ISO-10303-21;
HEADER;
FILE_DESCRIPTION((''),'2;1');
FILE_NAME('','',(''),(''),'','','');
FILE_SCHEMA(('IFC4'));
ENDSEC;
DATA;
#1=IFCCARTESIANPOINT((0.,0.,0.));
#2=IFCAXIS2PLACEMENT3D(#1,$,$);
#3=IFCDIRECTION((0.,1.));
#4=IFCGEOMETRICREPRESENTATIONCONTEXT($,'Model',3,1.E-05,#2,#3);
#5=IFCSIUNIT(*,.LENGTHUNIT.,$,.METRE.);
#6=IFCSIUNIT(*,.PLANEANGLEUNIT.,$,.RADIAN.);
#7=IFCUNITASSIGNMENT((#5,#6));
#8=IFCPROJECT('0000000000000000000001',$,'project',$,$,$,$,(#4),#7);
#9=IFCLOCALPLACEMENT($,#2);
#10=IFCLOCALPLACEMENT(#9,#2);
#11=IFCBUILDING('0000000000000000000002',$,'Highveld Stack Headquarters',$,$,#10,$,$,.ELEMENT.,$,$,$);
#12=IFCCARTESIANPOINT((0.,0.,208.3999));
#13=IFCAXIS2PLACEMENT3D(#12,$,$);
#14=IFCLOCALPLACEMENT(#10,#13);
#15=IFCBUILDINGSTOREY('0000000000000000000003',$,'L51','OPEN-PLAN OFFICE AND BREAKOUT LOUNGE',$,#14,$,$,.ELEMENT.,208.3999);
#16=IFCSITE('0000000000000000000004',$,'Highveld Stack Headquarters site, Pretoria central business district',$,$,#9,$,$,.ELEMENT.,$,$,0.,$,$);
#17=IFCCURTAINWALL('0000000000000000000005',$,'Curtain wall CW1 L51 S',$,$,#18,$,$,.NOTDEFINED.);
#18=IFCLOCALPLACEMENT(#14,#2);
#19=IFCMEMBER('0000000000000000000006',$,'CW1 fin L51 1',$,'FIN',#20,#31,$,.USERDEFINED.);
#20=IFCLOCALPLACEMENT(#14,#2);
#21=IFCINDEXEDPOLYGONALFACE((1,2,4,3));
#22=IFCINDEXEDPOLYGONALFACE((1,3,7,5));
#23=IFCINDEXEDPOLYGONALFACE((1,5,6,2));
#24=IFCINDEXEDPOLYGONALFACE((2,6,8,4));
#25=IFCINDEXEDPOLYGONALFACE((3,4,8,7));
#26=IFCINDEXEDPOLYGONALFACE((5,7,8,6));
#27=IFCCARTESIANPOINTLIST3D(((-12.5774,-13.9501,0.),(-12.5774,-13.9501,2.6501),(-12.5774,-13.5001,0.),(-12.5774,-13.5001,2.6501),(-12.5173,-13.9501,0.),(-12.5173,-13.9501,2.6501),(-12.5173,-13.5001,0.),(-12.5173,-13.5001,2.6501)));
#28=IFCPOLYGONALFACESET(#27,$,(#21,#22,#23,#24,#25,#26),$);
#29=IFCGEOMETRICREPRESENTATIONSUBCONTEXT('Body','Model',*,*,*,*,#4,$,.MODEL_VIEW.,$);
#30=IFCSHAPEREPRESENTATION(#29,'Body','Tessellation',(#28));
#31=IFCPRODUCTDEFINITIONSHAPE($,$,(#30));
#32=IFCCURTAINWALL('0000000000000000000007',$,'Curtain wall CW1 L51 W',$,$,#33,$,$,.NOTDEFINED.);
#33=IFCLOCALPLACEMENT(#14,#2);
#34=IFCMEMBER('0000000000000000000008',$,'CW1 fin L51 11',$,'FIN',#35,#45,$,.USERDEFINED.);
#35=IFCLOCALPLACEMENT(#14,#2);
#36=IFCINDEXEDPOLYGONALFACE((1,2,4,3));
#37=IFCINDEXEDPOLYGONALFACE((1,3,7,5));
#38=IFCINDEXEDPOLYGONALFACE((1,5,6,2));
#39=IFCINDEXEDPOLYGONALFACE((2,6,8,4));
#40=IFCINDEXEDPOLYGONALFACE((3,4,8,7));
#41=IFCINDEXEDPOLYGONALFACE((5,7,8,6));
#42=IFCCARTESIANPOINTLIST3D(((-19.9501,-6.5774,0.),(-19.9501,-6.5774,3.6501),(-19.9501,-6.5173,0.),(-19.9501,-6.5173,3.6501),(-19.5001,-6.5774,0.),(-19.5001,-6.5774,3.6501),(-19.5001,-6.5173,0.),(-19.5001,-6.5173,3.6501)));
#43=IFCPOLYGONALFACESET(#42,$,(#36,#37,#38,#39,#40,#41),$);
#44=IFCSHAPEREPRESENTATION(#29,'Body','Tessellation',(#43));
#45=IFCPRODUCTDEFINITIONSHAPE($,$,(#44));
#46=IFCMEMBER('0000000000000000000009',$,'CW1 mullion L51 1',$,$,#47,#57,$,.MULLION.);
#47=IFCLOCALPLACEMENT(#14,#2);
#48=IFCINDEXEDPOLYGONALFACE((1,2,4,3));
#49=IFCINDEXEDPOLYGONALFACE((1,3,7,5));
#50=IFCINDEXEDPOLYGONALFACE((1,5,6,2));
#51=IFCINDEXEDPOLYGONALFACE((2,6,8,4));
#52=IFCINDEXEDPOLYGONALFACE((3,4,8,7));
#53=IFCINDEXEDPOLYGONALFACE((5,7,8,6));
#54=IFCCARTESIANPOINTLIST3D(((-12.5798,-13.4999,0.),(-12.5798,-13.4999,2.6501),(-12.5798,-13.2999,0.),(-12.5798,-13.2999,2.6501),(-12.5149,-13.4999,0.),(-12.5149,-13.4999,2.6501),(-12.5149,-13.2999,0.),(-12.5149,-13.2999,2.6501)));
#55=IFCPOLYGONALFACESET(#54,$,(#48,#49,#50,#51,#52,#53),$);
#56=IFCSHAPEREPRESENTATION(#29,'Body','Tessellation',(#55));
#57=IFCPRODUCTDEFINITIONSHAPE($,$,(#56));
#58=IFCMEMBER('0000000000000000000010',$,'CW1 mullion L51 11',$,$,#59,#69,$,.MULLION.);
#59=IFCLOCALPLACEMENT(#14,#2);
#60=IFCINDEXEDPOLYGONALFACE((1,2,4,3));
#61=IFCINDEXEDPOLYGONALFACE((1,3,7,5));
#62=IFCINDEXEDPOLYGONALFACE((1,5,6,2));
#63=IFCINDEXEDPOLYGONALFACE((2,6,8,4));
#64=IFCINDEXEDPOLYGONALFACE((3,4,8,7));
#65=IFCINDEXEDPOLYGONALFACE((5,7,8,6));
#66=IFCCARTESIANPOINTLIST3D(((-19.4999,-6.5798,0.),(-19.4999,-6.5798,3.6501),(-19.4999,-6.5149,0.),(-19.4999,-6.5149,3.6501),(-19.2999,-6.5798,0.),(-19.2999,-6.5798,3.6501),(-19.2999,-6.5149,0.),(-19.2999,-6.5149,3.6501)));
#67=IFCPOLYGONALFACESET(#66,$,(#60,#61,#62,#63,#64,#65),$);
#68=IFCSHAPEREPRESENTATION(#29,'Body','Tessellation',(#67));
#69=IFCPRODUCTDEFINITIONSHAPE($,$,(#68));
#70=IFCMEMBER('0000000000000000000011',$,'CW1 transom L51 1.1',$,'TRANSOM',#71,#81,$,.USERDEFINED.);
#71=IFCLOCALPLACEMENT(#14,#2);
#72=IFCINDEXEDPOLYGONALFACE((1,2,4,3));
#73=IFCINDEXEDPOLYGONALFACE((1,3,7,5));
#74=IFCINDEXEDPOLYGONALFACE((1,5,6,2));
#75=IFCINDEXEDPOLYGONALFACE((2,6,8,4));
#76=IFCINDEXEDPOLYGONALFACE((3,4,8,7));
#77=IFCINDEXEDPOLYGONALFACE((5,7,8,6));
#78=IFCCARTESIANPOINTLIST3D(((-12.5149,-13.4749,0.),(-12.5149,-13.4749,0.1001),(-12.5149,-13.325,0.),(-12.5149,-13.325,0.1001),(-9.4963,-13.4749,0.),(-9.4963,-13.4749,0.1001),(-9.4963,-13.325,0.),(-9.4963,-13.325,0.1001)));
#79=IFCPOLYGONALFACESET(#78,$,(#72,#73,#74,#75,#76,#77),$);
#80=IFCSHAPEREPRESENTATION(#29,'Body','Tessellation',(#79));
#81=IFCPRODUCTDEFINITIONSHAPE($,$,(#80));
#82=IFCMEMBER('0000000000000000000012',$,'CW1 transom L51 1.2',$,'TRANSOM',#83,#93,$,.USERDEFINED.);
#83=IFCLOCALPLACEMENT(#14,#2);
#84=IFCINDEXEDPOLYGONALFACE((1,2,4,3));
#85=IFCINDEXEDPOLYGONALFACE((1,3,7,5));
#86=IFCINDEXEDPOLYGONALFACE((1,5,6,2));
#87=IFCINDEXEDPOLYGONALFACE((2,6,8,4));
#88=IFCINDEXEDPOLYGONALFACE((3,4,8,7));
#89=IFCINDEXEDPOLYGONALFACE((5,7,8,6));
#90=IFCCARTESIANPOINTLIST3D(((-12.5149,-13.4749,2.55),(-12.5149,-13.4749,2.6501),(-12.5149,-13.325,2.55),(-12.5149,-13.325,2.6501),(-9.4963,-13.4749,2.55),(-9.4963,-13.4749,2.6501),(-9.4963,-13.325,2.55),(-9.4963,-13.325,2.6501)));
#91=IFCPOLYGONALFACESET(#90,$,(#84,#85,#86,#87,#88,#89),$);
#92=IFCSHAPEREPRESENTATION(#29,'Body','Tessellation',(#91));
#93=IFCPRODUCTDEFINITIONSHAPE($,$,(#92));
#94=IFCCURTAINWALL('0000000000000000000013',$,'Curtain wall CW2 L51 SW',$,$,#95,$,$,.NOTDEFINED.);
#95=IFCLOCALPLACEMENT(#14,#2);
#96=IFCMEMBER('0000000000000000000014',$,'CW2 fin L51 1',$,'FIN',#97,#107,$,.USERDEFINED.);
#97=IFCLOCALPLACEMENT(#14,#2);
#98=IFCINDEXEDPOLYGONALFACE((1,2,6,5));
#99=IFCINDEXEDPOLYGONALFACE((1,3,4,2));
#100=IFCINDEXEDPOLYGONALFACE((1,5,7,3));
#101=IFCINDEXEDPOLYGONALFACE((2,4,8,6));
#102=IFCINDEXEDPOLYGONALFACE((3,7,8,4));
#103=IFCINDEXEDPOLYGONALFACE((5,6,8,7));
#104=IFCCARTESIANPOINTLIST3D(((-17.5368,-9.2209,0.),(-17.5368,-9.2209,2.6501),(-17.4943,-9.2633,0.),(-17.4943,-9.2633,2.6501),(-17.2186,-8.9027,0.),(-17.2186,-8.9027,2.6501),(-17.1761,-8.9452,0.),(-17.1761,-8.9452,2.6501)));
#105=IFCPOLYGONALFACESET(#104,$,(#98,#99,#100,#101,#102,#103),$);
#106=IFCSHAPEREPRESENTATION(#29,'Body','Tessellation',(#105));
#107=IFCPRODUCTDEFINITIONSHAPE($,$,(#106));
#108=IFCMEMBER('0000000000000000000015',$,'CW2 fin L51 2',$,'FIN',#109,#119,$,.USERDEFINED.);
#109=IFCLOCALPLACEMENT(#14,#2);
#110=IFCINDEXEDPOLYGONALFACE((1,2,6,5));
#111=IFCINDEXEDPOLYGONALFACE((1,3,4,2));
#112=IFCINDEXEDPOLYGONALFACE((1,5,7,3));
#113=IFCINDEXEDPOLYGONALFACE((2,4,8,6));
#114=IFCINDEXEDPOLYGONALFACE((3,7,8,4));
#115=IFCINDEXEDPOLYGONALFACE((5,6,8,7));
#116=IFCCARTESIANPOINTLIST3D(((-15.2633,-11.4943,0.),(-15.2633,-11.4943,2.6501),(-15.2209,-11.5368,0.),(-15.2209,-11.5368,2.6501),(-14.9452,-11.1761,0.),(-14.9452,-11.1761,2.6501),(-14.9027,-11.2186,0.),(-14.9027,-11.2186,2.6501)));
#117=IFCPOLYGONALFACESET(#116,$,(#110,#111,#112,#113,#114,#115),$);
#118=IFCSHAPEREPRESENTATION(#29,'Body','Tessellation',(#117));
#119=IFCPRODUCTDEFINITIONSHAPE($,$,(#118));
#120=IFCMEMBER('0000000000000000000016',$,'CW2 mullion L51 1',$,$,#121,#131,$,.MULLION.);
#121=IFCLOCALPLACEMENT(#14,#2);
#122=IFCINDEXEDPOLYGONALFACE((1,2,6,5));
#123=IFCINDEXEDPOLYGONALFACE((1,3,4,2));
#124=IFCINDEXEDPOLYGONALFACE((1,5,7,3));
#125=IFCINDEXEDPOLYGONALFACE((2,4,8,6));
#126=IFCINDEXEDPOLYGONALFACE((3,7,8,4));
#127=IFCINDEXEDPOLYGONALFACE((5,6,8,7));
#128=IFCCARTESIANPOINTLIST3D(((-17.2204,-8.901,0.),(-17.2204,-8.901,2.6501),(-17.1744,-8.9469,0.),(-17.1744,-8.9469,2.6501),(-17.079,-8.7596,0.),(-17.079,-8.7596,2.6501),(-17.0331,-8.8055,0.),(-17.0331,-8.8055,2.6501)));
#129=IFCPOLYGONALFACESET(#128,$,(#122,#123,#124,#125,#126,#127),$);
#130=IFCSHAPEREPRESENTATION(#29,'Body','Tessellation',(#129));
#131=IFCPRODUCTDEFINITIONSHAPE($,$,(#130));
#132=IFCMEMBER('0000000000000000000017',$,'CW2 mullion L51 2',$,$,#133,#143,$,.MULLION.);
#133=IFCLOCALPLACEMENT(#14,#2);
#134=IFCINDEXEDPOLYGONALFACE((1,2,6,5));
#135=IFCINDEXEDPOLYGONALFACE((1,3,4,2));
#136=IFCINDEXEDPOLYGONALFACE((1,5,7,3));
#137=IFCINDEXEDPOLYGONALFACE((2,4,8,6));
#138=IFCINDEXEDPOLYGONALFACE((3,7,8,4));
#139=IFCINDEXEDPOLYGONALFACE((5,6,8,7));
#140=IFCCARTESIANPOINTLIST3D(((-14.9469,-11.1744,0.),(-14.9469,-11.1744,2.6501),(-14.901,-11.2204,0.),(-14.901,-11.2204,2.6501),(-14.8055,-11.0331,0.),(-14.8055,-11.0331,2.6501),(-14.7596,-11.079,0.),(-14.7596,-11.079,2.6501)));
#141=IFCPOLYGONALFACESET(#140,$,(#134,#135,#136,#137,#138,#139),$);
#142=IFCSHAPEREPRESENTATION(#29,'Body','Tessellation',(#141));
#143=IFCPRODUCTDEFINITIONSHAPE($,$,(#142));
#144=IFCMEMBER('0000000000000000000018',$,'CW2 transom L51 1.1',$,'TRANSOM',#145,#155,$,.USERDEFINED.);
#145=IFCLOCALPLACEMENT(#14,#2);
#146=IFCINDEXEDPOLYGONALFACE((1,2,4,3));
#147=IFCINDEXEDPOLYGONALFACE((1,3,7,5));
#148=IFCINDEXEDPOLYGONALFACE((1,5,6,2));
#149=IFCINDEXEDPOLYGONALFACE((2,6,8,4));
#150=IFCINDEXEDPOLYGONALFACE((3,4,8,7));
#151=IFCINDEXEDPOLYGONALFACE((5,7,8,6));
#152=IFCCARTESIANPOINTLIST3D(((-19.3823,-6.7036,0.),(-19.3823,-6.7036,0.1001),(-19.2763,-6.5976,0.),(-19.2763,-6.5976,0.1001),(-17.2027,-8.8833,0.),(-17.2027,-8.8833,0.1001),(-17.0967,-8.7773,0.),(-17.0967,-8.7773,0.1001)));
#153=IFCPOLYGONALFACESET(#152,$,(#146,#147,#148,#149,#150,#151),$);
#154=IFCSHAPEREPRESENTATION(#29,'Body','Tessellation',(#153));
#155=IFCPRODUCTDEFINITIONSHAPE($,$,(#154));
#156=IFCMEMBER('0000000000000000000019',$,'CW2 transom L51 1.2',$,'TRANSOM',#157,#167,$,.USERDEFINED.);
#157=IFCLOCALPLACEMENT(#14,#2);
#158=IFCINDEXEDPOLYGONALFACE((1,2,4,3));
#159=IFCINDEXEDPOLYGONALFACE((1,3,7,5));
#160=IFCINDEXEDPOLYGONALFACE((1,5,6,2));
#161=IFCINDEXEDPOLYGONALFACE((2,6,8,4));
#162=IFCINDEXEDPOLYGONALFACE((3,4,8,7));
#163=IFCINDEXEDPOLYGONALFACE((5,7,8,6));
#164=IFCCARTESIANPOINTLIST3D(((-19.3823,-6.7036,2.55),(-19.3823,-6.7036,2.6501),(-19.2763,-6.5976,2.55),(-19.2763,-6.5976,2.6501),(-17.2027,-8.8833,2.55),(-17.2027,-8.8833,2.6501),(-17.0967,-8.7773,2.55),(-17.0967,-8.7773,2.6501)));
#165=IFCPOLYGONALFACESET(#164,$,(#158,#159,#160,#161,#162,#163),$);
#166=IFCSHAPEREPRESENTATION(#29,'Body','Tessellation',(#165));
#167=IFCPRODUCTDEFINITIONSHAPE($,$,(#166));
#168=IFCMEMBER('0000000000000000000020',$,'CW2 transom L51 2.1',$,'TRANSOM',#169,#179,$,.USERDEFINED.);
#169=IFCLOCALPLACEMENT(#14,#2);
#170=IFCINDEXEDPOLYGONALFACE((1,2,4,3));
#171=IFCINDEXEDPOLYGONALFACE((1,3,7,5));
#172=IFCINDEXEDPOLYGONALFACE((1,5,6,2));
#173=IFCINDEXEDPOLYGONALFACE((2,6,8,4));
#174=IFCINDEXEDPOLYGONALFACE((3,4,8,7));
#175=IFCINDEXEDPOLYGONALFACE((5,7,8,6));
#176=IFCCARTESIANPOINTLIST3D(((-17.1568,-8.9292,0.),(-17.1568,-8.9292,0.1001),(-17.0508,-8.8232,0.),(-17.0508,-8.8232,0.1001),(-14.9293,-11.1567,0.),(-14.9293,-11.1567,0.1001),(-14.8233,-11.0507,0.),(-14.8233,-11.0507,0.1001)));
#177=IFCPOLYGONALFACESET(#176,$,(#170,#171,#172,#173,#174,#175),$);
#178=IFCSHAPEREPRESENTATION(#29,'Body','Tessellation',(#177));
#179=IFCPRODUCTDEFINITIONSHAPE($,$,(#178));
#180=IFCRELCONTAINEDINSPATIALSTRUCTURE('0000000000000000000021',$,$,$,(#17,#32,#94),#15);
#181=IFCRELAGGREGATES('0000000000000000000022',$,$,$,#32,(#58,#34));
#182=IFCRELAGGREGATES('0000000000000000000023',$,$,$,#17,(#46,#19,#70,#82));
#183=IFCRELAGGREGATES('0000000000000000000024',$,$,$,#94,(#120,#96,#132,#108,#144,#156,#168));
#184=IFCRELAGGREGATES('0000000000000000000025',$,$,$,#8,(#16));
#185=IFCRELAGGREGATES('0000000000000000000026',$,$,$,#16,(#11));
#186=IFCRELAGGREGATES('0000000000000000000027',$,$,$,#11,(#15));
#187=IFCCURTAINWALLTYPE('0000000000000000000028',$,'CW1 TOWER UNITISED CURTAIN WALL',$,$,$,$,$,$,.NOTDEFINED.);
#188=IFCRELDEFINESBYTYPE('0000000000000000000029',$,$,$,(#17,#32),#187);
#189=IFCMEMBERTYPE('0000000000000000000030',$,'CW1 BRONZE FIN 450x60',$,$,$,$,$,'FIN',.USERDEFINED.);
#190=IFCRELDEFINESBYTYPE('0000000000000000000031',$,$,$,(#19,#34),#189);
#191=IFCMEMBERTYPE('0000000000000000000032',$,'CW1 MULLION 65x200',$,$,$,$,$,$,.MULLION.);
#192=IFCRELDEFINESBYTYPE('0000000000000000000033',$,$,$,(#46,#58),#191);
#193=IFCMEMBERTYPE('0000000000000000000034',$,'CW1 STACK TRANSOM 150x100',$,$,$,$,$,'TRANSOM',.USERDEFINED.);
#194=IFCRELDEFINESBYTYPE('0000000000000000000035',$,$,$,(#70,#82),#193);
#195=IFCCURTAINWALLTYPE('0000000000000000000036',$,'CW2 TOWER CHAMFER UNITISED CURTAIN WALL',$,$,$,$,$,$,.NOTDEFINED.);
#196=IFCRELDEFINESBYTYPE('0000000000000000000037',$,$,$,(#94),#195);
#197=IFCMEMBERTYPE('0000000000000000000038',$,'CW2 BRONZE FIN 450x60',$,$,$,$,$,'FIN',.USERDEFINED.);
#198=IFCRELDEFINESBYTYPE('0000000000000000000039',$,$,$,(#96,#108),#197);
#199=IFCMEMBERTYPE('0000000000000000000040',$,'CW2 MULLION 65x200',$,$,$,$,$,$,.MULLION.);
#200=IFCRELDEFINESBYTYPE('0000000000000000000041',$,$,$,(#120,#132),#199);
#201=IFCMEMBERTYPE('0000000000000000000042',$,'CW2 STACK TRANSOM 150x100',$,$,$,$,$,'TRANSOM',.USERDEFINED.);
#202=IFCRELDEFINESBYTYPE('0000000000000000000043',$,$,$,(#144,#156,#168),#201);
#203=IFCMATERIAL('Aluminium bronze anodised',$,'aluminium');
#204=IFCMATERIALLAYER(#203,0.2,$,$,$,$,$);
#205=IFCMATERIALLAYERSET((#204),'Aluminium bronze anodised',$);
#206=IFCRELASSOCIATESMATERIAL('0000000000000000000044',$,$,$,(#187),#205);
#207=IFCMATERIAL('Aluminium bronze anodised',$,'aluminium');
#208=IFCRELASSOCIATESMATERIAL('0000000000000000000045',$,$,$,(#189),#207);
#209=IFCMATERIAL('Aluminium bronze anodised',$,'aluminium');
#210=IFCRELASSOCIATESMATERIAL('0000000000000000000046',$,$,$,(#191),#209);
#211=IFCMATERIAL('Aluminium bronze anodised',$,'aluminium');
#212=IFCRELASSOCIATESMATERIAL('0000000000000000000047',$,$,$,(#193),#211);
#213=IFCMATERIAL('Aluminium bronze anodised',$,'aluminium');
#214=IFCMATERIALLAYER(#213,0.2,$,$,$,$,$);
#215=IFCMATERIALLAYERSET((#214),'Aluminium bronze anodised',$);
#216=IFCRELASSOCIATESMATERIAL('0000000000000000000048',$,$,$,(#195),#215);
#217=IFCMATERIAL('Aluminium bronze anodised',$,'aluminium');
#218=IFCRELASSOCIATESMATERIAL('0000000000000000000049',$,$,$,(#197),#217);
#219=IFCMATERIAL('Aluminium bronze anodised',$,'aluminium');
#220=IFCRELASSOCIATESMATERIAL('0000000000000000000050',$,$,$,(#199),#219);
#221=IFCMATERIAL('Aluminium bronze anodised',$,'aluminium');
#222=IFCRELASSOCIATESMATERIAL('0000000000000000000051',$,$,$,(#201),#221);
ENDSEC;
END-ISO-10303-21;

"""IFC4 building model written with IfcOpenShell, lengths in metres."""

from ifc_helpers import new_model, si_unit, direction, frame, origin, origin_2d, place, context, subcontext, project, spatial, rectangle, extrude, material, layer, layer_set, material_profile, profile_set, type_object, element, aggregate, save


model = new_model("IFC4")

# Units and contexts
model_context = context("Model", 3, precision=1e-05, world=origin(), true_north=direction((0.0, 1.0)))
body_context = subcontext(model_context, "Body", "Model", "MODEL_VIEW")
ifc_project = project(units=[si_unit("LENGTHUNIT", "METRE"), si_unit("PLANEANGLEUNIT", "RADIAN")], contexts=[model_context])

# Site, building, storey
site_placement = place(None, origin())
site = spatial("IfcSite", under=ifc_project, at=site_placement, Name="Highveld Stack Headquarters site, Pretoria central business district", CompositionType="ELEMENT", RefElevation=0.0)
building_placement = place(site_placement, origin())
building = spatial("IfcBuilding", under=site, at=building_placement, Name="Highveld Stack Headquarters", CompositionType="ELEMENT")
storey_placement = place(building_placement, frame((0.0, 0.0, 208.3999)))
storey = spatial("IfcBuildingStorey", under=building, at=storey_placement, Name="L51", Description="OPEN-PLAN OFFICE AND BREAKOUT LOUNGE", CompositionType="ELEMENT", Elevation=208.3999)

# Curtain walls, members
ifc_material_1 = material(Name="Aluminium bronze anodised", Category="aluminium")
ifc_layer_1 = layer(ifc_material_1, 0.2)
ifc_layer_set_1 = layer_set([ifc_layer_1], Name="Aluminium bronze anodised")
curtain_wall_type_1 = type_object("IfcCurtainWallType", Name="CW1 TOWER UNITISED CURTAIN WALL", PredefinedType="NOTDEFINED", material=ifc_layer_set_1)
curtain_wall_1_placement = place(storey_placement, origin())
curtain_wall_1 = element("IfcCurtainWall", 1, at=curtain_wall_1_placement, inside=storey, type_object=curtain_wall_type_1, Name="Curtain wall CW1 L51 S", PredefinedType="NOTDEFINED")
ifc_material_2 = material(Name="Aluminium bronze anodised", Category="aluminium")
ifc_material_profile_1 = material_profile(ifc_material_2, rectangle(XDim=0.45, YDim=0.0601, at=origin_2d()), Name="FIN 450x60")
ifc_profile_set_1 = profile_set([ifc_material_profile_1], Name="Aluminium bronze anodised")
member_type_1 = type_object("IfcMemberType", Name="CW1 BRONZE FIN 450x60", ElementType="FIN", PredefinedType="USERDEFINED", material=ifc_profile_set_1)
member_1_placement = place(storey_placement, frame((-12.5474, -13.7251, 0.0), z_axis=(0.0, 0.0, 1.0), x_axis=(0.0, 1.0, 0.0)))
member_1 = element("IfcMember", 2, at=member_1_placement, type_object=member_type_1, Name="CW1 fin L51 1", ObjectType="FIN", PredefinedType="USERDEFINED", context=body_context, shape_type="SweptSolid", body=[
    extrude(rectangle(XDim=0.45, YDim=0.0601, at=origin_2d()), origin(), (0.0, 0.0, 1.0), 2.6501),
])
curtain_wall_2_placement = place(storey_placement, origin())
curtain_wall_2 = element("IfcCurtainWall", 3, at=curtain_wall_2_placement, inside=storey, type_object=curtain_wall_type_1, Name="Curtain wall CW1 L51 W", PredefinedType="NOTDEFINED")
member_2_placement = place(storey_placement, frame((-19.7251, -6.5474, 0.0), z_axis=(0.0, 0.0, 1.0), x_axis=(1.0, 0.0, 0.0)))
member_2 = element("IfcMember", 4, at=member_2_placement, type_object=member_type_1, Name="CW1 fin L51 11", ObjectType="FIN", PredefinedType="USERDEFINED", context=body_context, shape_type="SweptSolid", body=[
    extrude(rectangle(XDim=0.45, YDim=0.0601, at=origin_2d()), origin(), (0.0, 0.0, 1.0), 3.6501),
])

# Members
ifc_material_3 = material(Name="Aluminium bronze anodised", Category="aluminium")
ifc_material_profile_2 = material_profile(ifc_material_3, rectangle(XDim=0.2, YDim=0.0649, at=origin_2d()), Name="CW1 MULLION 65x200")
ifc_profile_set_2 = profile_set([ifc_material_profile_2], Name="Aluminium bronze anodised")
member_type_2 = type_object("IfcMemberType", Name="CW1 MULLION 65x200", PredefinedType="MULLION", material=ifc_profile_set_2)
member_3_placement = place(storey_placement, frame((-12.5474, -13.3999, 0.0), z_axis=(0.0, 0.0, 1.0), x_axis=(0.0, 1.0, 0.0)))
member_3 = element("IfcMember", 5, at=member_3_placement, type_object=member_type_2, Name="CW1 mullion L51 1", PredefinedType="MULLION", context=body_context, shape_type="SweptSolid", body=[
    extrude(rectangle(XDim=0.2, YDim=0.0649, at=origin_2d()), origin(), (0.0, 0.0, 1.0), 2.6501),
])
member_4_placement = place(storey_placement, frame((-19.3999, -6.5474, 0.0), z_axis=(0.0, 0.0, 1.0), x_axis=(1.0, 0.0, 0.0)))
member_4 = element("IfcMember", 6, at=member_4_placement, type_object=member_type_2, Name="CW1 mullion L51 11", PredefinedType="MULLION", context=body_context, shape_type="SweptSolid", body=[
    extrude(rectangle(XDim=0.2, YDim=0.0649, at=origin_2d()), origin(), (0.0, 0.0, 1.0), 3.6501),
])
aggregate(curtain_wall_2, [member_4, member_2])
ifc_material_4 = material(Name="Aluminium bronze anodised", Category="aluminium")
ifc_material_profile_3 = material_profile(ifc_material_4, rectangle(XDim=0.1499, YDim=0.1001, at=origin_2d()), Name="CW1 TRANSOM 150x100")
ifc_profile_set_3 = profile_set([ifc_material_profile_3], Name="Aluminium bronze anodised")
member_type_3 = type_object("IfcMemberType", Name="CW1 STACK TRANSOM 150x100", ElementType="TRANSOM", PredefinedType="USERDEFINED", material=ifc_profile_set_3)
member_5_placement = place(storey_placement, frame((-12.5149, -13.3999, 0.05), z_axis=(1.0, 0.0, 0.0), x_axis=(0.0, 1.0, 0.0)))
member_5 = element("IfcMember", 7, at=member_5_placement, type_object=member_type_3, Name="CW1 transom L51 1.1", ObjectType="TRANSOM", PredefinedType="USERDEFINED", context=body_context, shape_type="SweptSolid", body=[
    extrude(rectangle(XDim=0.1499, YDim=0.1001, at=origin_2d()), origin(), (0.0, 0.0, 1.0), 3.0186),
])
member_6_placement = place(storey_placement, frame((-12.5149, -13.3999, 2.6001), z_axis=(1.0, 0.0, 0.0), x_axis=(0.0, 1.0, 0.0)))
member_6 = element("IfcMember", 8, at=member_6_placement, type_object=member_type_3, Name="CW1 transom L51 1.2", ObjectType="TRANSOM", PredefinedType="USERDEFINED", context=body_context, shape_type="SweptSolid", body=[
    extrude(rectangle(XDim=0.1499, YDim=0.1001, at=origin_2d()), origin(), (0.0, 0.0, 1.0), 3.0186),
])
aggregate(curtain_wall_1, [member_3, member_1, member_5, member_6])

# Curtain wall, members
ifc_material_5 = material(Name="Aluminium bronze anodised", Category="aluminium")
ifc_layer_2 = layer(ifc_material_5, 0.2)
ifc_layer_set_2 = layer_set([ifc_layer_2], Name="Aluminium bronze anodised")
curtain_wall_type_2 = type_object("IfcCurtainWallType", Name="CW2 TOWER CHAMFER UNITISED CURTAIN WALL", PredefinedType="NOTDEFINED", material=ifc_layer_set_2)
curtain_wall_3_placement = place(storey_placement, origin())
curtain_wall_3 = element("IfcCurtainWall", 9, at=curtain_wall_3_placement, inside=storey, type_object=curtain_wall_type_2, Name="Curtain wall CW2 L51 SW", PredefinedType="NOTDEFINED")
ifc_material_6 = material(Name="Aluminium bronze anodised", Category="aluminium")
ifc_material_profile_4 = material_profile(ifc_material_6, rectangle(XDim=0.45, YDim=0.0601, at=origin_2d()), Name="FIN 450x60")
ifc_profile_set_4 = profile_set([ifc_material_profile_4], Name="Aluminium bronze anodised")
member_type_4 = type_object("IfcMemberType", Name="CW2 BRONZE FIN 450x60", ElementType="FIN", PredefinedType="USERDEFINED", material=ifc_profile_set_4)
member_7_placement = place(storey_placement, frame((-17.3564, -9.083, 0.0), z_axis=(0.0, 0.0, 1.0), x_axis=(0.707107, 0.707107, 0.0)))
member_7 = element("IfcMember", 10, at=member_7_placement, type_object=member_type_4, Name="CW2 fin L51 1", ObjectType="FIN", PredefinedType="USERDEFINED", context=body_context, shape_type="SweptSolid", body=[
    extrude(rectangle(XDim=0.45, YDim=0.0601, at=origin_2d()), origin(), (0.0, 0.0, 1.0), 2.6501),
])
member_8_placement = place(storey_placement, frame((-15.083, -11.3564, 0.0), z_axis=(0.0, 0.0, 1.0), x_axis=(0.707107, 0.707107, 0.0)))
member_8 = element("IfcMember", 11, at=member_8_placement, type_object=member_type_4, Name="CW2 fin L51 2", ObjectType="FIN", PredefinedType="USERDEFINED", context=body_context, shape_type="SweptSolid", body=[
    extrude(rectangle(XDim=0.45, YDim=0.0601, at=origin_2d()), origin(), (0.0, 0.0, 1.0), 2.6501),
])
ifc_material_7 = material(Name="Aluminium bronze anodised", Category="aluminium")
ifc_material_profile_5 = material_profile(ifc_material_7, rectangle(XDim=0.2, YDim=0.0649, at=origin_2d()), Name="CW2 MULLION 65x200")
ifc_profile_set_5 = profile_set([ifc_material_profile_5], Name="Aluminium bronze anodised")
member_type_5 = type_object("IfcMemberType", Name="CW2 MULLION 65x200", PredefinedType="MULLION", material=ifc_profile_set_5)
member_9_placement = place(storey_placement, frame((-17.1267, -8.8533, 0.0), z_axis=(0.0, 0.0, 1.0), x_axis=(0.707107, 0.707107, 0.0)))
member_9 = element("IfcMember", 12, at=member_9_placement, type_object=member_type_5, Name="CW2 mullion L51 1", PredefinedType="MULLION", context=body_context, shape_type="SweptSolid", body=[
    extrude(rectangle(XDim=0.2, YDim=0.0649, at=origin_2d()), origin(), (0.0, 0.0, 1.0), 2.6501),
])
member_10_placement = place(storey_placement, frame((-14.8533, -11.1267, 0.0), z_axis=(0.0, 0.0, 1.0), x_axis=(0.707107, 0.707107, 0.0)))
member_10 = element("IfcMember", 13, at=member_10_placement, type_object=member_type_5, Name="CW2 mullion L51 2", PredefinedType="MULLION", context=body_context, shape_type="SweptSolid", body=[
    extrude(rectangle(XDim=0.2, YDim=0.0649, at=origin_2d()), origin(), (0.0, 0.0, 1.0), 2.6501),
])
ifc_material_8 = material(Name="Aluminium bronze anodised", Category="aluminium")
ifc_material_profile_6 = material_profile(ifc_material_8, rectangle(XDim=0.1499, YDim=0.1001, at=origin_2d()), Name="CW2 TRANSOM 150x100")
ifc_profile_set_6 = profile_set([ifc_material_profile_6], Name="Aluminium bronze anodised")
member_type_6 = type_object("IfcMemberType", Name="CW2 STACK TRANSOM 150x100", ElementType="TRANSOM", PredefinedType="USERDEFINED", material=ifc_profile_set_6)
member_11_placement = place(storey_placement, frame((-19.3293, -6.6506, 0.05), z_axis=(0.707107, -0.707107, 0.0), x_axis=(0.707107, 0.707107, 0.0)))
member_11 = element("IfcMember", 14, at=member_11_placement, type_object=member_type_6, Name="CW2 transom L51 1.1", ObjectType="TRANSOM", PredefinedType="USERDEFINED", context=body_context, shape_type="SweptSolid", body=[
    extrude(rectangle(XDim=0.1499, YDim=0.1001, at=origin_2d()), origin(), (0.0, 0.0, 1.0), 3.0825),
])
member_12_placement = place(storey_placement, frame((-19.3293, -6.6506, 2.6001), z_axis=(0.707107, -0.707107, 0.0), x_axis=(0.707107, 0.707107, 0.0)))
member_12 = element("IfcMember", 15, at=member_12_placement, type_object=member_type_6, Name="CW2 transom L51 1.2", ObjectType="TRANSOM", PredefinedType="USERDEFINED", context=body_context, shape_type="SweptSolid", body=[
    extrude(rectangle(XDim=0.1499, YDim=0.1001, at=origin_2d()), origin(), (0.0, 0.0, 1.0), 3.0825),
])
member_13_placement = place(storey_placement, frame((-17.1038, -8.8762, 0.05), z_axis=(0.707107, -0.707107, 0.0), x_axis=(0.707107, 0.707107, 0.0)))
member_13 = element("IfcMember", 16, at=member_13_placement, type_object=member_type_6, Name="CW2 transom L51 2.1", ObjectType="TRANSOM", PredefinedType="USERDEFINED", context=body_context, shape_type="SweptSolid", body=[
    extrude(rectangle(XDim=0.1499, YDim=0.1001, at=origin_2d()), origin(), (0.0, 0.0, 1.0), 3.1501),
])

aggregate(curtain_wall_3, [member_9, member_7, member_10, member_8, member_11, member_12, member_13])

save(model, "model.ifc")
